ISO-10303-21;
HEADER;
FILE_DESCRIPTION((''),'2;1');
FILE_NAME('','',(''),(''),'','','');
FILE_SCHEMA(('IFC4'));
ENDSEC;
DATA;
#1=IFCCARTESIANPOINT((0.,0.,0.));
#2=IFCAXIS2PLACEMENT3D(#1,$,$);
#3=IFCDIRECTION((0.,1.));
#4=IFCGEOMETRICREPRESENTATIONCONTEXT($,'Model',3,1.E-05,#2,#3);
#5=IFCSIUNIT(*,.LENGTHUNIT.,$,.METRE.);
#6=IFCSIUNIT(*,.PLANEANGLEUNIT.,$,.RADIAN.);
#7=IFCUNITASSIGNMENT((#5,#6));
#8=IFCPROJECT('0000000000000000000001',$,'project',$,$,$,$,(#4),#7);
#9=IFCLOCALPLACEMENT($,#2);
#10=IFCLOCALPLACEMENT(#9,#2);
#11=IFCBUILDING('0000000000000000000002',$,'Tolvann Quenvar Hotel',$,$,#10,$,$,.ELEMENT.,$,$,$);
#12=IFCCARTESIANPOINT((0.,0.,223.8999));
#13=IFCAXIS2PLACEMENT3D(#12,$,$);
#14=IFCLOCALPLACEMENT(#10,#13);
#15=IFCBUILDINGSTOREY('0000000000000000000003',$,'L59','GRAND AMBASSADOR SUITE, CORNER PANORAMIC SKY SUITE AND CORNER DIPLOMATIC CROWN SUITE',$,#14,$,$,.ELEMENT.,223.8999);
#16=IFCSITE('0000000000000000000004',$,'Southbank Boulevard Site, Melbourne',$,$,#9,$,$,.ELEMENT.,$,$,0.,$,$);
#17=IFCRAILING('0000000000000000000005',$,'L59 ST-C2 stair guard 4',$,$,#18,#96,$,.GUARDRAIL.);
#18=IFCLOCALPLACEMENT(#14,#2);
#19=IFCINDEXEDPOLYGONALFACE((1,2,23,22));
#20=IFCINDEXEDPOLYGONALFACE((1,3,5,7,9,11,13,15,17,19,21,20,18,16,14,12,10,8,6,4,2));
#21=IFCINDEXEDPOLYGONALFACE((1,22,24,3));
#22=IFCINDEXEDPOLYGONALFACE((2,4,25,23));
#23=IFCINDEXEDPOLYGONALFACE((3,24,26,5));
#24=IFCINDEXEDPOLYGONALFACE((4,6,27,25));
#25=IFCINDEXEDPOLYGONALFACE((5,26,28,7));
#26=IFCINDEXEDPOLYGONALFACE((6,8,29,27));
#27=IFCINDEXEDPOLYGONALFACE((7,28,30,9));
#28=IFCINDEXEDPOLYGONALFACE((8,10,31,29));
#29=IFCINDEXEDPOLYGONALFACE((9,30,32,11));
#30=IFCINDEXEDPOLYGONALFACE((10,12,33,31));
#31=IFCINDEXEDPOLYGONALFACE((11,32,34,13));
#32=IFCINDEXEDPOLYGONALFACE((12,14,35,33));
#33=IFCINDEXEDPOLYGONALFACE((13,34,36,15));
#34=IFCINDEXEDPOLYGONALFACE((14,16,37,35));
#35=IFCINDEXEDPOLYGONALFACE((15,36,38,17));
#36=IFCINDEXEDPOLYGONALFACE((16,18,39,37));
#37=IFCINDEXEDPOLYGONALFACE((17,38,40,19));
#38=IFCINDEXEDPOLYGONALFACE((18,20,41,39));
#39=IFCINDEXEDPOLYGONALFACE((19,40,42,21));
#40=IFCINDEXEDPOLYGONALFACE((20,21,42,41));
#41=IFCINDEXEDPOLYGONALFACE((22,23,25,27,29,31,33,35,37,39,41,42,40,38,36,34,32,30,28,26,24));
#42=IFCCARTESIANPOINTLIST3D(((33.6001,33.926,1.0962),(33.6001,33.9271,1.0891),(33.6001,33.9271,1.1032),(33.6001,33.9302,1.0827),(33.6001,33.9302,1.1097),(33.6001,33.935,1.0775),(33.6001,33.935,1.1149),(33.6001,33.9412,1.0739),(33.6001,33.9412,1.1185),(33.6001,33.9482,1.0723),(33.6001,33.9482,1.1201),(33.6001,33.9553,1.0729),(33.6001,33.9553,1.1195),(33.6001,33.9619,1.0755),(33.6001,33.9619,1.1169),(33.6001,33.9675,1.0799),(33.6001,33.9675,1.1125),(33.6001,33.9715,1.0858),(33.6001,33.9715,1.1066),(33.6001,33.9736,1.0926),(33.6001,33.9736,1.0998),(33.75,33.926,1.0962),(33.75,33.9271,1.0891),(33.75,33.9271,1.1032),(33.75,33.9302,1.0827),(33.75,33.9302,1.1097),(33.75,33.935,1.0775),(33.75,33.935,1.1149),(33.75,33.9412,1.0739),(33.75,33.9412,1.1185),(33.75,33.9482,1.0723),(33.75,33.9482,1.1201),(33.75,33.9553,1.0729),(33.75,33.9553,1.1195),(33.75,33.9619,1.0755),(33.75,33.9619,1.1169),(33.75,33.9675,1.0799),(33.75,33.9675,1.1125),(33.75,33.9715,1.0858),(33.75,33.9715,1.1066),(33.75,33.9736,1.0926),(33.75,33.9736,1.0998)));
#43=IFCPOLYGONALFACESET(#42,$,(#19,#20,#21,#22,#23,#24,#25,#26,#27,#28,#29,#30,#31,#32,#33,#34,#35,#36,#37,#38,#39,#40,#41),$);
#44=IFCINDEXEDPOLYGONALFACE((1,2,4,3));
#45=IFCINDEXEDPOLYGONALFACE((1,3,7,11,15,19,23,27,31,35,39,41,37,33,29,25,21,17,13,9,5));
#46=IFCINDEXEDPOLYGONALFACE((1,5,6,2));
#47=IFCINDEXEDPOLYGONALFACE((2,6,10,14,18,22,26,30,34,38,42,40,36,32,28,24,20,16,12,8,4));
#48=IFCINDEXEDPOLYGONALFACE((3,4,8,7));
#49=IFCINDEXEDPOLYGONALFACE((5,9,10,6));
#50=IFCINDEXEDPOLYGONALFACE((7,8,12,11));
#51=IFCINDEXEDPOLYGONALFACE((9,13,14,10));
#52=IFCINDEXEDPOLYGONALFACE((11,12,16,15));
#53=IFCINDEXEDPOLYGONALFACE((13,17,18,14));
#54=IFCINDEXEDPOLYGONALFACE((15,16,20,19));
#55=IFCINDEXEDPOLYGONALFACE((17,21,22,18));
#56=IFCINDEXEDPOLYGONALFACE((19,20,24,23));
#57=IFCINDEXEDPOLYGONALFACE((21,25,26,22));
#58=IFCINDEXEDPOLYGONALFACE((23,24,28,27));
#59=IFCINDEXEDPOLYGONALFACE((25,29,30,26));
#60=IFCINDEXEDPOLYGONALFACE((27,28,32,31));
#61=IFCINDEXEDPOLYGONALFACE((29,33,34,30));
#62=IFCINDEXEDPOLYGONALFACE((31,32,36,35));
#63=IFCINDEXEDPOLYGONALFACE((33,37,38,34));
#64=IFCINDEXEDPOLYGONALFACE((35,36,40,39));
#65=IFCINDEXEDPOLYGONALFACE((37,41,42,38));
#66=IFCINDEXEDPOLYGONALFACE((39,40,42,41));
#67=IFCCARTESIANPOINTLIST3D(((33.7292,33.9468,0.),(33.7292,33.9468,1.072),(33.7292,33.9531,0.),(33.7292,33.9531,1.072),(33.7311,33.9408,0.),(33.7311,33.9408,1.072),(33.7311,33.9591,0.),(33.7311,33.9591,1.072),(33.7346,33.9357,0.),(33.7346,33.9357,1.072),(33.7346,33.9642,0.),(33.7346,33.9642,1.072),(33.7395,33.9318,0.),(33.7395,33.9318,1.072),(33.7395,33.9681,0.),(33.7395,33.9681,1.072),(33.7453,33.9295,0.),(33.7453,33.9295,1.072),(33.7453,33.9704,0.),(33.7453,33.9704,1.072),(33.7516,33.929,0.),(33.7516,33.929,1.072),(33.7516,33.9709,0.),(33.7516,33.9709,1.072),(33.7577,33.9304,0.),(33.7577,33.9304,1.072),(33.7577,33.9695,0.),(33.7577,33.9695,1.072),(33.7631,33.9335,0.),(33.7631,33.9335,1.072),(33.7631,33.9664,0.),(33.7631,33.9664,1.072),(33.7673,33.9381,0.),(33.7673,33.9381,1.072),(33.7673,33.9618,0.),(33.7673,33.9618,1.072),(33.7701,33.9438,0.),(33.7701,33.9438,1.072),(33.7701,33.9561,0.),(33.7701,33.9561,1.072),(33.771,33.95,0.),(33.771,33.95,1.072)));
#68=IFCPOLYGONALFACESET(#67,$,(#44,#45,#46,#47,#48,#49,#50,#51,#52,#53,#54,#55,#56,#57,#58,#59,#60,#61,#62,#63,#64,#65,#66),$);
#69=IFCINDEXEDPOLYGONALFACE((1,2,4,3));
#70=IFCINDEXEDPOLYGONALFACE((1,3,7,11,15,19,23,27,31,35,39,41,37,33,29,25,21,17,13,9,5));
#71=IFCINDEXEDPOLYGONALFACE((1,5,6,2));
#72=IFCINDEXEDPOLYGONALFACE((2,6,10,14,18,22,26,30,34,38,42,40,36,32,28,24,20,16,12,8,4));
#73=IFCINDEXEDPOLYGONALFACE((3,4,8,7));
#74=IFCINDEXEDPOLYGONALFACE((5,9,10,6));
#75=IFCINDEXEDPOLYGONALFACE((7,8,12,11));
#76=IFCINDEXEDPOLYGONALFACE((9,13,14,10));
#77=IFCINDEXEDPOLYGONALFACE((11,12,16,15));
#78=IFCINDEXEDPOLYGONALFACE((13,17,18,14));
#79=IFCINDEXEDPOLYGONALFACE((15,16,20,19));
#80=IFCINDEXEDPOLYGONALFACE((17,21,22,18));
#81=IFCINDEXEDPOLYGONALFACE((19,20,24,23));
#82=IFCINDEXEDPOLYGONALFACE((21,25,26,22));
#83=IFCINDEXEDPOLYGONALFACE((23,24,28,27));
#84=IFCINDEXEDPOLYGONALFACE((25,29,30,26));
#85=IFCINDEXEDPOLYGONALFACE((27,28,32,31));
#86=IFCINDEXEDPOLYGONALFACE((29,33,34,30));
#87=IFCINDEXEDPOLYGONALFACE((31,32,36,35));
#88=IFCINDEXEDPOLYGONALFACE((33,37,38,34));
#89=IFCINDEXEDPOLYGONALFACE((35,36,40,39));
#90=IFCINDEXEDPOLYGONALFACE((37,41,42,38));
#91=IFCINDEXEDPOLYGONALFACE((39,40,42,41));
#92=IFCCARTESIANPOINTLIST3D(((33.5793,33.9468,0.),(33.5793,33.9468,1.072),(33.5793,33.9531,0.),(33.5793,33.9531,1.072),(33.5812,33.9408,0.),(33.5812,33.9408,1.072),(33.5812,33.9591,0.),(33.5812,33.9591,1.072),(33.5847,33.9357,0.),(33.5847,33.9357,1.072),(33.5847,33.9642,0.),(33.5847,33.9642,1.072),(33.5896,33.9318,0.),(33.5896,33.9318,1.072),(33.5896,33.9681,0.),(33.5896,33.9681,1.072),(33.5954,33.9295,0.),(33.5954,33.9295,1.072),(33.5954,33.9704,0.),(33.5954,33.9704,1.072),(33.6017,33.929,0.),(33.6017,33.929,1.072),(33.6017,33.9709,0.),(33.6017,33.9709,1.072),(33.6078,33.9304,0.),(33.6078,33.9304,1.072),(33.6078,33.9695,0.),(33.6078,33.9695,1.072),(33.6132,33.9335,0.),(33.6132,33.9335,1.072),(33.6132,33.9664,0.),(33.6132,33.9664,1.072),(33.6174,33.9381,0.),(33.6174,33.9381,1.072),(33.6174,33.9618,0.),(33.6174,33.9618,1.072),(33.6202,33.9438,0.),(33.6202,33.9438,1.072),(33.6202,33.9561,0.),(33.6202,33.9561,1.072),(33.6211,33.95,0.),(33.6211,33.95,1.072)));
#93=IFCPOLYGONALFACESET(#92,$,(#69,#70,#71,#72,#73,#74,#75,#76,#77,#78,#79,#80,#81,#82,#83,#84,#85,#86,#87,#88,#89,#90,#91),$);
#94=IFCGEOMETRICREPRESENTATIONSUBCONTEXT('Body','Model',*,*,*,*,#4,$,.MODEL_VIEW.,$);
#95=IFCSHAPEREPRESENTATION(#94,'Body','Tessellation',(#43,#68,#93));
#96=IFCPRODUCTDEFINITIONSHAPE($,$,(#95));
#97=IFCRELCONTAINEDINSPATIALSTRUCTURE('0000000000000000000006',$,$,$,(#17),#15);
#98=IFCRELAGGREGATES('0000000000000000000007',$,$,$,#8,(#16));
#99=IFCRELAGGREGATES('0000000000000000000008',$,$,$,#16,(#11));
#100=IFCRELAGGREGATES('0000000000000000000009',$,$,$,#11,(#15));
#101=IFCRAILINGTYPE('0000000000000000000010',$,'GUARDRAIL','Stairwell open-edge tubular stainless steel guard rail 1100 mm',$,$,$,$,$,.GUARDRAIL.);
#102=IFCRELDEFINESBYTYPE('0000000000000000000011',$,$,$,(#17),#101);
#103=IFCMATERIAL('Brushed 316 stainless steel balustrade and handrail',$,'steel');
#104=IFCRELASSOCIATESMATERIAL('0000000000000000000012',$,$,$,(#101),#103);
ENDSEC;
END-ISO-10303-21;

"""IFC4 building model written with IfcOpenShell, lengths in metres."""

from ifc_helpers import new_model, si_unit, direction, frame, origin, origin_2d, place, context, subcontext, project, spatial, circle, extrude, material, type_object, element, save


model = new_model("IFC4")

# Units and contexts
model_context = context("Model", 3, precision=1e-05, world=origin(), true_north=direction((0.0, 1.0)))
body_context = subcontext(model_context, "Body", "Model", "MODEL_VIEW")
ifc_project = project(units=[si_unit("LENGTHUNIT", "METRE"), si_unit("PLANEANGLEUNIT", "RADIAN")], contexts=[model_context])

# Site, building, storey
site_placement = place(None, origin())
site = spatial("IfcSite", under=ifc_project, at=site_placement, Name="Southbank Boulevard Site, Melbourne", CompositionType="ELEMENT", RefElevation=0.0)
building_placement = place(site_placement, origin())
building = spatial("IfcBuilding", under=site, at=building_placement, Name="Tolvann Quenvar Hotel", CompositionType="ELEMENT")
storey_placement = place(building_placement, frame((0.0, 0.0, 223.8999)))
storey = spatial("IfcBuildingStorey", under=building, at=storey_placement, Name="L59", Description="GRAND AMBASSADOR SUITE, CORNER PANORAMIC SKY SUITE AND CORNER DIPLOMATIC CROWN SUITE", CompositionType="ELEMENT", Elevation=223.8999)

# Railing
ifc_material_1 = material(Name="Brushed 316 stainless steel balustrade and handrail", Category="steel")
railing_type_1 = type_object("IfcRailingType", Name="GUARDRAIL", Description="Stairwell open-edge tubular stainless steel guard rail 1100 mm", PredefinedType="GUARDRAIL", material=ifc_material_1)
railing_1_placement = place(storey_placement, frame((33.75, 33.95, 0.0)))
element("IfcRailing", 1, at=railing_1_placement, inside=storey, type_object=railing_type_1, Name="L59 ST-C2 stair guard 4", PredefinedType="GUARDRAIL", context=body_context, shape_type="SweptSolid", body=[
    extrude(circle(Radius=0.0239, at=origin_2d()), frame((0.0, 0.0, 1.0962), z_axis=(-1.0, 0.0, 0.0), x_axis=(0.0, -1.0, 0.0)), (0.0, 0.0, 1.0), 0.1499),
    extrude(circle(Radius=0.021, at=origin_2d()), origin(), (0.0, 0.0, 1.0), 1.072),
    extrude(circle(Radius=0.021, at=origin_2d()), frame((-0.1499, 0.0, 0.0)), (0.0, 0.0, 1.0), 1.072),
])

save(model, "model.ifc")
